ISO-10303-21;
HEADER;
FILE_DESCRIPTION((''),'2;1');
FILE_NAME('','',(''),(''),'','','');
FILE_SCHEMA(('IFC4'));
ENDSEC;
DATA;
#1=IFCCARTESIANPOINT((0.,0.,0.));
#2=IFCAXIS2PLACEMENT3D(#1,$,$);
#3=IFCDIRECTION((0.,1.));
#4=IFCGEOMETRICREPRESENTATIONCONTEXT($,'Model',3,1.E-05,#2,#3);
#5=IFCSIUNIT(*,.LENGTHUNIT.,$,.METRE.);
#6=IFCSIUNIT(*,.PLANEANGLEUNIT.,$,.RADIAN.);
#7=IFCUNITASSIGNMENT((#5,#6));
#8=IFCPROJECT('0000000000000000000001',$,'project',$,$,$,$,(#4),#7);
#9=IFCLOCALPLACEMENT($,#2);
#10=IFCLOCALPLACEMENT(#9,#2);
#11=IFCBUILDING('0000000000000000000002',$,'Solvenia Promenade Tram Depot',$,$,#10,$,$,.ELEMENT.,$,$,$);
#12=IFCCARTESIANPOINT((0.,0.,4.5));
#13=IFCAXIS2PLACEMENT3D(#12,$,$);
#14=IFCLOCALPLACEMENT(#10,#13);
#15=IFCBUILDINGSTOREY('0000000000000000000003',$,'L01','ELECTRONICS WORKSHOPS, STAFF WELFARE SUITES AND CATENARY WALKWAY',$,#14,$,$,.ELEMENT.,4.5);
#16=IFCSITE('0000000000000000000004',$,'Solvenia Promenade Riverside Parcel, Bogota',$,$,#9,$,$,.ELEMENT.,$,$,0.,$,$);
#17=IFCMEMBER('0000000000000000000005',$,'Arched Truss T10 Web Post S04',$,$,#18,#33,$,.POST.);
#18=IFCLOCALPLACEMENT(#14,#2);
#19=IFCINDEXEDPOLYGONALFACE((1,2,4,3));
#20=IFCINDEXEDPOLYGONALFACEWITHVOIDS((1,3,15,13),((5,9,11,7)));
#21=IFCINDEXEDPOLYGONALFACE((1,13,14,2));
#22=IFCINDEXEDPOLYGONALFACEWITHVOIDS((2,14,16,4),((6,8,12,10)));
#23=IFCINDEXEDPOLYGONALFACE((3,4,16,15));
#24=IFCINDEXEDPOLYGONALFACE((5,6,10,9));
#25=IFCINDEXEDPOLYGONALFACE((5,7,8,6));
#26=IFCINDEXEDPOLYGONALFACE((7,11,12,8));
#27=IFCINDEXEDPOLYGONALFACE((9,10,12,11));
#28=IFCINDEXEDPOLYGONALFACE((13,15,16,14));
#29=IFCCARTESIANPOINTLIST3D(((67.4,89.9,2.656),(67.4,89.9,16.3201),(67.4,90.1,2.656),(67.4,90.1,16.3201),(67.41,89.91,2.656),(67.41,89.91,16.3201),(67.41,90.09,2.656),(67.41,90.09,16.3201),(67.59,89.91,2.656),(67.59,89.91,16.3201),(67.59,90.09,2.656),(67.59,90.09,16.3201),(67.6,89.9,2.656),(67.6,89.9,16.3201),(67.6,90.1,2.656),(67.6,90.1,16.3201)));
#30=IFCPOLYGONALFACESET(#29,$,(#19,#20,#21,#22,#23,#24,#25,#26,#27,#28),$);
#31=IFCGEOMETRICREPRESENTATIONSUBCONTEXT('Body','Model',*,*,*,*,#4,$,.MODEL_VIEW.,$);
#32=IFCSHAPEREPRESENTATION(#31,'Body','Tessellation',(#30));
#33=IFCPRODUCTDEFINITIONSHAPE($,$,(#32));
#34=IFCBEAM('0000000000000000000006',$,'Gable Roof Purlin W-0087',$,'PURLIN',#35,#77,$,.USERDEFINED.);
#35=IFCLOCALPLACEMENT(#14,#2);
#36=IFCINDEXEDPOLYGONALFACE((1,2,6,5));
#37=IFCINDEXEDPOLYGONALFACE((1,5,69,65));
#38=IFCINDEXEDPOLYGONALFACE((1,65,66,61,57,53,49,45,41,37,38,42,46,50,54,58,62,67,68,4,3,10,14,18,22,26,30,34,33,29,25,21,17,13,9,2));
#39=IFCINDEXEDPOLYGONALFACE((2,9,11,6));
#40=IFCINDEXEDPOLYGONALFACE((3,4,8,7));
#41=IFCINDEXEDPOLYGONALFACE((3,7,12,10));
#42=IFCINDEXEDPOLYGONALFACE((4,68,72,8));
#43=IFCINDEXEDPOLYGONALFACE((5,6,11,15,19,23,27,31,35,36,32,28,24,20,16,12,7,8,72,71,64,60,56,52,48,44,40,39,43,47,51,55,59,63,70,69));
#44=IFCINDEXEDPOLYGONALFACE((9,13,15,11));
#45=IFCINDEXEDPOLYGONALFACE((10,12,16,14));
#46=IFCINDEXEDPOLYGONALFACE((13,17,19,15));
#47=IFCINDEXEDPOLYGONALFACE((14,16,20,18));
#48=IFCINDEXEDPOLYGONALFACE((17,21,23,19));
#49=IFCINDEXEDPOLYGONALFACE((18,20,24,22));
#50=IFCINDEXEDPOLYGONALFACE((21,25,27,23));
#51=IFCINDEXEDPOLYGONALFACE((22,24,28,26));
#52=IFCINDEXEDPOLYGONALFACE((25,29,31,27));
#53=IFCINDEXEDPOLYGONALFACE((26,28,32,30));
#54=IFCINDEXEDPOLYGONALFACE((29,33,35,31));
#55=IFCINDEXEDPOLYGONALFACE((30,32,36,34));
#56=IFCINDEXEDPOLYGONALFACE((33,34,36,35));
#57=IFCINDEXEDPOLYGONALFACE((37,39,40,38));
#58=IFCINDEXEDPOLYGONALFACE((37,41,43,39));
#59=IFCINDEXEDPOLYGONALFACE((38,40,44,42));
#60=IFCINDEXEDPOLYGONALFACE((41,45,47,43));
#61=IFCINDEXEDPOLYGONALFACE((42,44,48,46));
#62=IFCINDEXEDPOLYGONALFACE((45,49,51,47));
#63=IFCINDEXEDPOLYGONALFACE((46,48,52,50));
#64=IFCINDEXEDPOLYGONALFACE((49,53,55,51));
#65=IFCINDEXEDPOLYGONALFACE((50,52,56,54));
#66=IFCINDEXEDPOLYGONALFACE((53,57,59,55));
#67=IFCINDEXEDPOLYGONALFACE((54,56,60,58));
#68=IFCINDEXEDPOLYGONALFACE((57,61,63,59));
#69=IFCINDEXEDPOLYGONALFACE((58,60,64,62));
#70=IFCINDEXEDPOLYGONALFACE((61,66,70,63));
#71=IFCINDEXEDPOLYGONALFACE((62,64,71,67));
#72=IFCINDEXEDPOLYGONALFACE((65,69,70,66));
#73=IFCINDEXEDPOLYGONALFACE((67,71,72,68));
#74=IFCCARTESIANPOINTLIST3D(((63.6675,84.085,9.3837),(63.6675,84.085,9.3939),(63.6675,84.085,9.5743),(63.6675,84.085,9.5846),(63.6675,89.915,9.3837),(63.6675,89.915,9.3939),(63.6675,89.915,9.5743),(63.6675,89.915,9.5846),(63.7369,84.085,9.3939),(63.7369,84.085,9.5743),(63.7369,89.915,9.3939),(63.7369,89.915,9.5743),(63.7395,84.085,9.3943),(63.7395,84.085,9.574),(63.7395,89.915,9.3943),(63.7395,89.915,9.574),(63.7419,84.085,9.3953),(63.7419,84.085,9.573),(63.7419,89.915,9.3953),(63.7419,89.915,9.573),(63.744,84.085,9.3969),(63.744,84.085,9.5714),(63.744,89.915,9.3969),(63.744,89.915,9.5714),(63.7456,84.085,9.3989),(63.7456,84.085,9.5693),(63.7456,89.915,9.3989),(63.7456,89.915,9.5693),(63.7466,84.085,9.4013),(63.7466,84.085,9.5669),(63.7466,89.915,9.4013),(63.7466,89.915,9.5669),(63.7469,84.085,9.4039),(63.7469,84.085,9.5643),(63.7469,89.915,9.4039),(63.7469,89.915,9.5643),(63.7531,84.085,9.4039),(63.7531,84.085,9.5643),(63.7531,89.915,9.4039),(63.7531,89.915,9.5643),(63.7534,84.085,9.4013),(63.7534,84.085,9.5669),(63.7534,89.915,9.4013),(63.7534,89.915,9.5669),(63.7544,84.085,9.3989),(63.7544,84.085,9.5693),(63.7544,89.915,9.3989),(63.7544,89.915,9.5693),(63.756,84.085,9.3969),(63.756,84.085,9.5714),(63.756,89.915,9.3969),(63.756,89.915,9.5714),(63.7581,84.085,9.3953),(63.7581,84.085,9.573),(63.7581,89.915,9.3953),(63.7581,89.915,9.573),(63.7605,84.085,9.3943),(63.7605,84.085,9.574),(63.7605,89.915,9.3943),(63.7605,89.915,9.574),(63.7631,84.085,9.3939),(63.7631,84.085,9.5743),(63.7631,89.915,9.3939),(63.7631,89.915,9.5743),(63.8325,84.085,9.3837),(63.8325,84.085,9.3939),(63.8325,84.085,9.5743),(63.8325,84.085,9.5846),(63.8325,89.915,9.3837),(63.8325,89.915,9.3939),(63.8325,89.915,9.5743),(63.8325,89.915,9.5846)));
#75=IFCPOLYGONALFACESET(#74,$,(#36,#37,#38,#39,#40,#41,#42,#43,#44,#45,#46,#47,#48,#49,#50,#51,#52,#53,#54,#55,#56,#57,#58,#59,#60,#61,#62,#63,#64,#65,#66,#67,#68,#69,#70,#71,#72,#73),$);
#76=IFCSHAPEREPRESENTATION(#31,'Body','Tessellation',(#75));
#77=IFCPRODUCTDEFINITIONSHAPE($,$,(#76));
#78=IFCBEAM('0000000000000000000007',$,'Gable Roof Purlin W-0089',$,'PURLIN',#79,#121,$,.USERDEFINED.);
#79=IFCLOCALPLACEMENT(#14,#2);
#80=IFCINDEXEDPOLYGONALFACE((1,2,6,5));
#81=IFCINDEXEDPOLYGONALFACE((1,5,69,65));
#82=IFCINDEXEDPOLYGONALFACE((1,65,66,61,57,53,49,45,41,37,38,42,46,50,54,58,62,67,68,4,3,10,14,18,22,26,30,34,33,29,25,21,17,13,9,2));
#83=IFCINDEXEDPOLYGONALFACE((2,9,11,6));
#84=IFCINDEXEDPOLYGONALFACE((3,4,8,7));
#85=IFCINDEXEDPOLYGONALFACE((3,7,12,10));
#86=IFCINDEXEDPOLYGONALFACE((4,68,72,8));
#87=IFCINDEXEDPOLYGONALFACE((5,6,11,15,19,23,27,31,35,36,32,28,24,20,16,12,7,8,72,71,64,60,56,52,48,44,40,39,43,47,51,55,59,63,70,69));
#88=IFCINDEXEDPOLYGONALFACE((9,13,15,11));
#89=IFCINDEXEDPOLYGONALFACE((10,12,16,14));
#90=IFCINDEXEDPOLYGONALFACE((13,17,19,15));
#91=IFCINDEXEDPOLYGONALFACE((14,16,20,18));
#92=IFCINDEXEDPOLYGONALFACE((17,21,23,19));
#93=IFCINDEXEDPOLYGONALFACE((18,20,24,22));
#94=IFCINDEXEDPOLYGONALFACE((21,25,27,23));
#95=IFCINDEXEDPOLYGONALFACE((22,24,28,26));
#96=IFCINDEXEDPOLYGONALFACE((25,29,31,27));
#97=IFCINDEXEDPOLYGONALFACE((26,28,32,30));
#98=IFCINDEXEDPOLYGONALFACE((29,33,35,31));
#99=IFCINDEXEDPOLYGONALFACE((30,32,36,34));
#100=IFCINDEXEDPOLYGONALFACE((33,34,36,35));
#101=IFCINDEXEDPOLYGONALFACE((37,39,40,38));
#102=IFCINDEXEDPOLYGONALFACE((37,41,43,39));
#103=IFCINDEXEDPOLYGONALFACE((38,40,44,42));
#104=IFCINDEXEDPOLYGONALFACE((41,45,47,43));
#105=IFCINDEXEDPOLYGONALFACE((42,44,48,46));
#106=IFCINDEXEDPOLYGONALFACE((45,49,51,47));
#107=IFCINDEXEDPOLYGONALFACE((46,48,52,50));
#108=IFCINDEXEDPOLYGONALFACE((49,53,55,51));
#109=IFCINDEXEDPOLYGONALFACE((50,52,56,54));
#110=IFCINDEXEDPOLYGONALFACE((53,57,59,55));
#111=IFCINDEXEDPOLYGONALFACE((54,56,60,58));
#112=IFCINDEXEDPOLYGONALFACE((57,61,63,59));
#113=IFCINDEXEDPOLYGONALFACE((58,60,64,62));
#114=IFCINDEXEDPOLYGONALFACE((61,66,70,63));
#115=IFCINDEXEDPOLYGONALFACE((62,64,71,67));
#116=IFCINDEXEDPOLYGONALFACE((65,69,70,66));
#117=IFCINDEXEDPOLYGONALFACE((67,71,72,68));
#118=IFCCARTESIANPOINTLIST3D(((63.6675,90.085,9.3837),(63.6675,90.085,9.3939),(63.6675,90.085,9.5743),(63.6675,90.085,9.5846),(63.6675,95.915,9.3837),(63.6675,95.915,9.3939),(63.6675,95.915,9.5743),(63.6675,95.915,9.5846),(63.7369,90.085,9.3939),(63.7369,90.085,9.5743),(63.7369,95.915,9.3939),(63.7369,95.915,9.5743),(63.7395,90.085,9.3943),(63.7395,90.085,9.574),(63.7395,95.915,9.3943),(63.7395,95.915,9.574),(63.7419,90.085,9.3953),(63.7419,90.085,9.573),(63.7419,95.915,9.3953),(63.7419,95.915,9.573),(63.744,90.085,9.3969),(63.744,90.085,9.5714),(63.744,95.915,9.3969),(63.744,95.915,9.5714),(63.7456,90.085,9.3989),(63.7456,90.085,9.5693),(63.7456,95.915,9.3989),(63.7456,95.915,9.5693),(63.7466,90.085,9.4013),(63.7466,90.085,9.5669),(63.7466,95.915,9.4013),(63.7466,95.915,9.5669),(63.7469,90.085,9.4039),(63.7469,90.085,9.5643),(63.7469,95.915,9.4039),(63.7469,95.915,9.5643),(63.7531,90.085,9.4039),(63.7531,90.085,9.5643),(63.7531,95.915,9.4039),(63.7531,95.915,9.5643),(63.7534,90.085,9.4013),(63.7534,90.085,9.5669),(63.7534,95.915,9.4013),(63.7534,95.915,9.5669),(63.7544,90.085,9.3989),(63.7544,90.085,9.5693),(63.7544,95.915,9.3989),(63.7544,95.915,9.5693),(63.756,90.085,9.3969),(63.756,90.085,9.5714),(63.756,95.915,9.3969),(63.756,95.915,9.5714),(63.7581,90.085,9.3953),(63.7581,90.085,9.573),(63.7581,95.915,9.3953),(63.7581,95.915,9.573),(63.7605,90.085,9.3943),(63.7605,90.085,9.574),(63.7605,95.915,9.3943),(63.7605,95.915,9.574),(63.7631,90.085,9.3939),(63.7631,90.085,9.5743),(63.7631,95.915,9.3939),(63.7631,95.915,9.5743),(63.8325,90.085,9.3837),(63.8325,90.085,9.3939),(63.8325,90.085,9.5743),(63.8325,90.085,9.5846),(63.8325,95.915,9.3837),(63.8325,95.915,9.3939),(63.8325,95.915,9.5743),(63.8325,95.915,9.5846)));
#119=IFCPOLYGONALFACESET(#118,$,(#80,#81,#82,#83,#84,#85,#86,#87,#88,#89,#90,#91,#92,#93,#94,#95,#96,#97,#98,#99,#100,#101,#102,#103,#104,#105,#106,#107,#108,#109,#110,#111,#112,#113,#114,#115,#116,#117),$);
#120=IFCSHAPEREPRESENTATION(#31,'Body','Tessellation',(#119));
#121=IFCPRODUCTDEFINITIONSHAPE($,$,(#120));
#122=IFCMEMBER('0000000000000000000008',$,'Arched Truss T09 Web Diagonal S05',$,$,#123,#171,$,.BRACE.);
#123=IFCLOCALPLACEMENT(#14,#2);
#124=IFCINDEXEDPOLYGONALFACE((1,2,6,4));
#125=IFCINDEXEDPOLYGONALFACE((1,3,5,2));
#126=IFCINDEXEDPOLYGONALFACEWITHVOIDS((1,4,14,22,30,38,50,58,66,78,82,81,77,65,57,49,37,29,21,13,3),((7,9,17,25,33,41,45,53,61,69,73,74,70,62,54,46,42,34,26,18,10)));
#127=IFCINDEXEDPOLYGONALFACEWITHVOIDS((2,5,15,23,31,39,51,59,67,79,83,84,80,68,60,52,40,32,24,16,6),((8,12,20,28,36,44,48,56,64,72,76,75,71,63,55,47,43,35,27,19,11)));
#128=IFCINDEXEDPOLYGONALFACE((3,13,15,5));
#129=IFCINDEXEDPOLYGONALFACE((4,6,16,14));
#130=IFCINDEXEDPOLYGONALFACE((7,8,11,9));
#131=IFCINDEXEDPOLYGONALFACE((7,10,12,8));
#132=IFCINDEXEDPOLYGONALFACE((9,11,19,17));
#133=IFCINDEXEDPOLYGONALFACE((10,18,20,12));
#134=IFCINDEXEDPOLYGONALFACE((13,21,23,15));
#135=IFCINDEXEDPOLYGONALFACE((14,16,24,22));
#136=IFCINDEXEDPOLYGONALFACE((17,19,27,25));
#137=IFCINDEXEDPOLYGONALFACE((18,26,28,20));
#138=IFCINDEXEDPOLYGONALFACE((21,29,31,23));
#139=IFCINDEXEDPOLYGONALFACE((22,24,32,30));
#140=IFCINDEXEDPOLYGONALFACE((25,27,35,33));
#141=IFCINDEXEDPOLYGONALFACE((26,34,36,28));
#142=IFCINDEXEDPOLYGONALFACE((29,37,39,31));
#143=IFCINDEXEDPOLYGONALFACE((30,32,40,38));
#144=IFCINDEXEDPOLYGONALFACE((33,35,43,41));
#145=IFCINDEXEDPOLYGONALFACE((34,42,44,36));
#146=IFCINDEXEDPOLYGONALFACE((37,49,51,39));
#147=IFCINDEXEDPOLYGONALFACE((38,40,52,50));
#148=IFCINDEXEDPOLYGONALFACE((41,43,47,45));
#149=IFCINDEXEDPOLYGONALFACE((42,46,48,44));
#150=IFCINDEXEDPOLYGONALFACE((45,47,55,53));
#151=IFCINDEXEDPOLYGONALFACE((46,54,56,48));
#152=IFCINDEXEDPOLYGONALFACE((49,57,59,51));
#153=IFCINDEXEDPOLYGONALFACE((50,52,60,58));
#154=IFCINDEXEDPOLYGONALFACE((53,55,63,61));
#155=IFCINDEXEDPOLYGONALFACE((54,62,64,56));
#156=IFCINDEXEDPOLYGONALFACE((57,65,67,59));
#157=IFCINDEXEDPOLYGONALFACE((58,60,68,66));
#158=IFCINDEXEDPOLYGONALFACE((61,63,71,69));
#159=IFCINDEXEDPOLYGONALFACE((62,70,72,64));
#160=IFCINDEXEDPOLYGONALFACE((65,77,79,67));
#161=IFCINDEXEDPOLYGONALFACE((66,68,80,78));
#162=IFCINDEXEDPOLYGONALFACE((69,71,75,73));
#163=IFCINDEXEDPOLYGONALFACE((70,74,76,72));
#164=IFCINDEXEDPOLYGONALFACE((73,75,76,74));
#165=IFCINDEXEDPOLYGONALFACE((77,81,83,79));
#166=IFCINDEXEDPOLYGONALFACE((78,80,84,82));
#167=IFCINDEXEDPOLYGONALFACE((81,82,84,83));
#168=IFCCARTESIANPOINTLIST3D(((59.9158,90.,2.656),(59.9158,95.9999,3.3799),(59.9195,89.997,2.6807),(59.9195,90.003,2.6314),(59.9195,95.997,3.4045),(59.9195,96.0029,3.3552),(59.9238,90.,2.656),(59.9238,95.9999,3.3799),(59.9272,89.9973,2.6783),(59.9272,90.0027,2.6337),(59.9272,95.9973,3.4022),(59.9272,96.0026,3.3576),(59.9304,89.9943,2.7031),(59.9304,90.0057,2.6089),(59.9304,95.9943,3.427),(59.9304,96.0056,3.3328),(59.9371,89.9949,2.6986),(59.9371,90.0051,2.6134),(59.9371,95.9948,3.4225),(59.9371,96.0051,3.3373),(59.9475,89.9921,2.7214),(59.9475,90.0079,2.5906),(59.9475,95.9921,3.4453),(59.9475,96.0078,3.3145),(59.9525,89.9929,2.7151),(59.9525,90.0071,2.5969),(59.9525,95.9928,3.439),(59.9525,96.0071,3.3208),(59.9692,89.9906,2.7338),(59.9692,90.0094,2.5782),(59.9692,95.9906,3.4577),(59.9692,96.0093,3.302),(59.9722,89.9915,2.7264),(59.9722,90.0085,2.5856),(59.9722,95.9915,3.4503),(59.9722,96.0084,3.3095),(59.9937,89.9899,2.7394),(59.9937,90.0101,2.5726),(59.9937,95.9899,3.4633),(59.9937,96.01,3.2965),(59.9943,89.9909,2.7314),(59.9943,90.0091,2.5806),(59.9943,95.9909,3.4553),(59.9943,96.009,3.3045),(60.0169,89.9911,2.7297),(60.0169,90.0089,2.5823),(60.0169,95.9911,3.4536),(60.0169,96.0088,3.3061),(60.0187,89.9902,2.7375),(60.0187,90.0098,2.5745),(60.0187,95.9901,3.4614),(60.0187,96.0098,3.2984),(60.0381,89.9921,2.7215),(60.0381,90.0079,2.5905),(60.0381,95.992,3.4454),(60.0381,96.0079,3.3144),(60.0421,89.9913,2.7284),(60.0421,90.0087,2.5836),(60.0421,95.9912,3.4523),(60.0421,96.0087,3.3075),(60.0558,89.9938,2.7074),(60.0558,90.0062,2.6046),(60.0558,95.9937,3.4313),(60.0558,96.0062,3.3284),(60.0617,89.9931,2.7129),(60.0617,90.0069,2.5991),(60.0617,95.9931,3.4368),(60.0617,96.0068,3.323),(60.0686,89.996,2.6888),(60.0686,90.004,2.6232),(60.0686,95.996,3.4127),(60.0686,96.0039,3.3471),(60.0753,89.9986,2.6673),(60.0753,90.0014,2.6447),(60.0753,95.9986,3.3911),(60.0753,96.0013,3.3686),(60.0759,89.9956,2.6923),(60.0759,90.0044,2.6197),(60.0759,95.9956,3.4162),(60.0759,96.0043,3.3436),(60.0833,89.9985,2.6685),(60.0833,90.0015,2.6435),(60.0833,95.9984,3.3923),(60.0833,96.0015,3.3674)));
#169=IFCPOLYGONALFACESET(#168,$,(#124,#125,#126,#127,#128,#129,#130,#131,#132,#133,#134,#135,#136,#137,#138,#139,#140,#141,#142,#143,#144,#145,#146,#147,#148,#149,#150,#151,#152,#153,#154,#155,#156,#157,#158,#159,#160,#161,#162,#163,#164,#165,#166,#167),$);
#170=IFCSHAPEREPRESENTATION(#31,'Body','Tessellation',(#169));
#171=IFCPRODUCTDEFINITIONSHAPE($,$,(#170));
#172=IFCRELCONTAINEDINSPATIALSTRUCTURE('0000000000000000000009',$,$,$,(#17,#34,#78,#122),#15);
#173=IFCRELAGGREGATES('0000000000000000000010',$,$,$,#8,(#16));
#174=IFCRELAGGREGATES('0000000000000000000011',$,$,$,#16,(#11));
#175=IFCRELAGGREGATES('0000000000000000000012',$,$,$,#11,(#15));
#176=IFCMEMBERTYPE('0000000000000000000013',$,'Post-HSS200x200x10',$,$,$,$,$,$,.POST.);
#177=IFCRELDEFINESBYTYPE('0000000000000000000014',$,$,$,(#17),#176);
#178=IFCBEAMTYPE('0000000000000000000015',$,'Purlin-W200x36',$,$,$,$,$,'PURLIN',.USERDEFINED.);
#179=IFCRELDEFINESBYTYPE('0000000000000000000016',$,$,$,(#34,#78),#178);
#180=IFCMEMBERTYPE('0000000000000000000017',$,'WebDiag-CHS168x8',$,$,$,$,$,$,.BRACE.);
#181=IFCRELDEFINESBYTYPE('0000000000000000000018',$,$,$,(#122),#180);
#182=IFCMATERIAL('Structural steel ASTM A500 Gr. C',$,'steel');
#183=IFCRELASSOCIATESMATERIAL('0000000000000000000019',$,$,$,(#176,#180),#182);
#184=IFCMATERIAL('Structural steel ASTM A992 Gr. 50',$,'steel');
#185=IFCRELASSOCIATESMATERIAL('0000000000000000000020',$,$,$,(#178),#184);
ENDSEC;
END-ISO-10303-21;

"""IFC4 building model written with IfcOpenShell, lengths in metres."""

from ifc_helpers import new_model, si_unit, direction, frame, origin, origin_2d, place, context, subcontext, project, spatial, hollow_rectangle, hollow_circle, i_section, extrude, material, material_profile, profile_set, type_object, element, save


model = new_model("IFC4")

# Units and contexts
model_context = context("Model", 3, precision=1e-05, world=origin(), true_north=direction((0.0, 1.0)))
body_context = subcontext(model_context, "Body", "Model", "MODEL_VIEW")
ifc_project = project(units=[si_unit("LENGTHUNIT", "METRE"), si_unit("PLANEANGLEUNIT", "RADIAN")], contexts=[model_context])

# Site, building, storey
site_placement = place(None, origin())
site = spatial("IfcSite", under=ifc_project, at=site_placement, Name="Solvenia Promenade Riverside Parcel, Bogota", CompositionType="ELEMENT", RefElevation=0.0)
building_placement = place(site_placement, origin())
building = spatial("IfcBuilding", under=site, at=building_placement, Name="Solvenia Promenade Tram Depot", CompositionType="ELEMENT")
storey_placement = place(building_placement, frame((0.0, 0.0, 4.5)))
storey = spatial("IfcBuildingStorey", under=building, at=storey_placement, Name="L01", Description="ELECTRONICS WORKSHOPS, STAFF WELFARE SUITES AND CATENARY WALKWAY", CompositionType="ELEMENT", Elevation=4.5)

# Member
ifc_material_1 = material(Name="Structural steel ASTM A500 Gr. C", Category="steel")
ifc_material_profile_1 = material_profile(ifc_material_1, hollow_rectangle(XDim=0.2, YDim=0.2, WallThickness=0.01, at=origin_2d()), Name="HSS200x200x10", Category="steel")
ifc_profile_set_1 = profile_set([ifc_material_profile_1], Name="Structural steel ASTM A500 Gr. C")
member_type_1 = type_object("IfcMemberType", Name="Post-HSS200x200x10", PredefinedType="POST", material=ifc_profile_set_1)
member_1_placement = place(storey_placement, frame((67.5, 90.0, 2.656), z_axis=(0.0, 0.0, 1.0), x_axis=(1.0, 0.0, 0.0)))
element("IfcMember", 1, at=member_1_placement, inside=storey, type_object=member_type_1, Name="Arched Truss T10 Web Post S04", PredefinedType="POST", context=body_context, shape_type="SweptSolid", body=[
    extrude(hollow_rectangle(XDim=0.2, YDim=0.2, WallThickness=0.01, at=origin_2d()), origin(), (0.0, 0.0, 1.0), 13.6641),
])

# Beams
ifc_material_2 = material(Name="Structural steel ASTM A992 Gr. 50", Category="steel")
ifc_material_profile_2 = material_profile(ifc_material_2, i_section(OverallWidth=0.165, OverallDepth=0.2009, WebThickness=0.0061, FlangeThickness=0.0103, FilletRadius=0.01, at=origin_2d()), Name="W200x36", Category="steel")
ifc_profile_set_2 = profile_set([ifc_material_profile_2], Name="Structural steel ASTM A992 Gr. 50")
beam_type = type_object("IfcBeamType", Name="Purlin-W200x36", ElementType="PURLIN", PredefinedType="USERDEFINED", material=ifc_profile_set_2)
for number, where, z_axis, x_axis, name in (
    (2, (63.75, 84.085, 9.4841), (0.0, 1.0, 0.0), (-1.0, 0.0, 0.0), "Gable Roof Purlin W-0087"),
    (3, (63.75, 90.085, 9.4841), (0.0, 1.0, 0.0), (-1.0, 0.0, 0.0), "Gable Roof Purlin W-0089"),
):
    element("IfcBeam", number, at=place(storey_placement, frame(where, z_axis=z_axis, x_axis=x_axis)), inside=storey, type_object=beam_type, Name=name, ObjectType="PURLIN", PredefinedType="USERDEFINED", context=body_context, shape_type="SweptSolid", body=[
        extrude(i_section(OverallWidth=0.165, OverallDepth=0.2009, WebThickness=0.0061, FlangeThickness=0.0103, FilletRadius=0.01, at=origin_2d()), origin(), (0.0, 0.0, 1.0), 5.8301),
    ])

# Member
ifc_material_profile_3 = material_profile(ifc_material_1, hollow_circle(Radius=0.0842, WallThickness=0.0081, at=origin_2d()), Name="CHS168.3x8", Category="steel")
ifc_profile_set_3 = profile_set([ifc_material_profile_3], Name="Structural steel ASTM A500 Gr. C")
member_type_2 = type_object("IfcMemberType", Name="WebDiag-CHS168x8", PredefinedType="BRACE", material=ifc_profile_set_3)
member_2_placement = place(storey_placement, frame((60.0, 90.0, 2.656), z_axis=(0.0, 0.992801, 0.119778), x_axis=(-1.0, 0.0, 0.0)))
element("IfcMember", 4, at=member_2_placement, inside=storey, type_object=member_type_2, Name="Arched Truss T09 Web Diagonal S05", PredefinedType="BRACE", context=body_context, shape_type="SweptSolid", body=[
    extrude(hollow_circle(Radius=0.0842, WallThickness=0.0081, at=origin_2d()), origin(), (0.0, 0.0, 1.0), 6.0435),
])

save(model, "model.ifc")
